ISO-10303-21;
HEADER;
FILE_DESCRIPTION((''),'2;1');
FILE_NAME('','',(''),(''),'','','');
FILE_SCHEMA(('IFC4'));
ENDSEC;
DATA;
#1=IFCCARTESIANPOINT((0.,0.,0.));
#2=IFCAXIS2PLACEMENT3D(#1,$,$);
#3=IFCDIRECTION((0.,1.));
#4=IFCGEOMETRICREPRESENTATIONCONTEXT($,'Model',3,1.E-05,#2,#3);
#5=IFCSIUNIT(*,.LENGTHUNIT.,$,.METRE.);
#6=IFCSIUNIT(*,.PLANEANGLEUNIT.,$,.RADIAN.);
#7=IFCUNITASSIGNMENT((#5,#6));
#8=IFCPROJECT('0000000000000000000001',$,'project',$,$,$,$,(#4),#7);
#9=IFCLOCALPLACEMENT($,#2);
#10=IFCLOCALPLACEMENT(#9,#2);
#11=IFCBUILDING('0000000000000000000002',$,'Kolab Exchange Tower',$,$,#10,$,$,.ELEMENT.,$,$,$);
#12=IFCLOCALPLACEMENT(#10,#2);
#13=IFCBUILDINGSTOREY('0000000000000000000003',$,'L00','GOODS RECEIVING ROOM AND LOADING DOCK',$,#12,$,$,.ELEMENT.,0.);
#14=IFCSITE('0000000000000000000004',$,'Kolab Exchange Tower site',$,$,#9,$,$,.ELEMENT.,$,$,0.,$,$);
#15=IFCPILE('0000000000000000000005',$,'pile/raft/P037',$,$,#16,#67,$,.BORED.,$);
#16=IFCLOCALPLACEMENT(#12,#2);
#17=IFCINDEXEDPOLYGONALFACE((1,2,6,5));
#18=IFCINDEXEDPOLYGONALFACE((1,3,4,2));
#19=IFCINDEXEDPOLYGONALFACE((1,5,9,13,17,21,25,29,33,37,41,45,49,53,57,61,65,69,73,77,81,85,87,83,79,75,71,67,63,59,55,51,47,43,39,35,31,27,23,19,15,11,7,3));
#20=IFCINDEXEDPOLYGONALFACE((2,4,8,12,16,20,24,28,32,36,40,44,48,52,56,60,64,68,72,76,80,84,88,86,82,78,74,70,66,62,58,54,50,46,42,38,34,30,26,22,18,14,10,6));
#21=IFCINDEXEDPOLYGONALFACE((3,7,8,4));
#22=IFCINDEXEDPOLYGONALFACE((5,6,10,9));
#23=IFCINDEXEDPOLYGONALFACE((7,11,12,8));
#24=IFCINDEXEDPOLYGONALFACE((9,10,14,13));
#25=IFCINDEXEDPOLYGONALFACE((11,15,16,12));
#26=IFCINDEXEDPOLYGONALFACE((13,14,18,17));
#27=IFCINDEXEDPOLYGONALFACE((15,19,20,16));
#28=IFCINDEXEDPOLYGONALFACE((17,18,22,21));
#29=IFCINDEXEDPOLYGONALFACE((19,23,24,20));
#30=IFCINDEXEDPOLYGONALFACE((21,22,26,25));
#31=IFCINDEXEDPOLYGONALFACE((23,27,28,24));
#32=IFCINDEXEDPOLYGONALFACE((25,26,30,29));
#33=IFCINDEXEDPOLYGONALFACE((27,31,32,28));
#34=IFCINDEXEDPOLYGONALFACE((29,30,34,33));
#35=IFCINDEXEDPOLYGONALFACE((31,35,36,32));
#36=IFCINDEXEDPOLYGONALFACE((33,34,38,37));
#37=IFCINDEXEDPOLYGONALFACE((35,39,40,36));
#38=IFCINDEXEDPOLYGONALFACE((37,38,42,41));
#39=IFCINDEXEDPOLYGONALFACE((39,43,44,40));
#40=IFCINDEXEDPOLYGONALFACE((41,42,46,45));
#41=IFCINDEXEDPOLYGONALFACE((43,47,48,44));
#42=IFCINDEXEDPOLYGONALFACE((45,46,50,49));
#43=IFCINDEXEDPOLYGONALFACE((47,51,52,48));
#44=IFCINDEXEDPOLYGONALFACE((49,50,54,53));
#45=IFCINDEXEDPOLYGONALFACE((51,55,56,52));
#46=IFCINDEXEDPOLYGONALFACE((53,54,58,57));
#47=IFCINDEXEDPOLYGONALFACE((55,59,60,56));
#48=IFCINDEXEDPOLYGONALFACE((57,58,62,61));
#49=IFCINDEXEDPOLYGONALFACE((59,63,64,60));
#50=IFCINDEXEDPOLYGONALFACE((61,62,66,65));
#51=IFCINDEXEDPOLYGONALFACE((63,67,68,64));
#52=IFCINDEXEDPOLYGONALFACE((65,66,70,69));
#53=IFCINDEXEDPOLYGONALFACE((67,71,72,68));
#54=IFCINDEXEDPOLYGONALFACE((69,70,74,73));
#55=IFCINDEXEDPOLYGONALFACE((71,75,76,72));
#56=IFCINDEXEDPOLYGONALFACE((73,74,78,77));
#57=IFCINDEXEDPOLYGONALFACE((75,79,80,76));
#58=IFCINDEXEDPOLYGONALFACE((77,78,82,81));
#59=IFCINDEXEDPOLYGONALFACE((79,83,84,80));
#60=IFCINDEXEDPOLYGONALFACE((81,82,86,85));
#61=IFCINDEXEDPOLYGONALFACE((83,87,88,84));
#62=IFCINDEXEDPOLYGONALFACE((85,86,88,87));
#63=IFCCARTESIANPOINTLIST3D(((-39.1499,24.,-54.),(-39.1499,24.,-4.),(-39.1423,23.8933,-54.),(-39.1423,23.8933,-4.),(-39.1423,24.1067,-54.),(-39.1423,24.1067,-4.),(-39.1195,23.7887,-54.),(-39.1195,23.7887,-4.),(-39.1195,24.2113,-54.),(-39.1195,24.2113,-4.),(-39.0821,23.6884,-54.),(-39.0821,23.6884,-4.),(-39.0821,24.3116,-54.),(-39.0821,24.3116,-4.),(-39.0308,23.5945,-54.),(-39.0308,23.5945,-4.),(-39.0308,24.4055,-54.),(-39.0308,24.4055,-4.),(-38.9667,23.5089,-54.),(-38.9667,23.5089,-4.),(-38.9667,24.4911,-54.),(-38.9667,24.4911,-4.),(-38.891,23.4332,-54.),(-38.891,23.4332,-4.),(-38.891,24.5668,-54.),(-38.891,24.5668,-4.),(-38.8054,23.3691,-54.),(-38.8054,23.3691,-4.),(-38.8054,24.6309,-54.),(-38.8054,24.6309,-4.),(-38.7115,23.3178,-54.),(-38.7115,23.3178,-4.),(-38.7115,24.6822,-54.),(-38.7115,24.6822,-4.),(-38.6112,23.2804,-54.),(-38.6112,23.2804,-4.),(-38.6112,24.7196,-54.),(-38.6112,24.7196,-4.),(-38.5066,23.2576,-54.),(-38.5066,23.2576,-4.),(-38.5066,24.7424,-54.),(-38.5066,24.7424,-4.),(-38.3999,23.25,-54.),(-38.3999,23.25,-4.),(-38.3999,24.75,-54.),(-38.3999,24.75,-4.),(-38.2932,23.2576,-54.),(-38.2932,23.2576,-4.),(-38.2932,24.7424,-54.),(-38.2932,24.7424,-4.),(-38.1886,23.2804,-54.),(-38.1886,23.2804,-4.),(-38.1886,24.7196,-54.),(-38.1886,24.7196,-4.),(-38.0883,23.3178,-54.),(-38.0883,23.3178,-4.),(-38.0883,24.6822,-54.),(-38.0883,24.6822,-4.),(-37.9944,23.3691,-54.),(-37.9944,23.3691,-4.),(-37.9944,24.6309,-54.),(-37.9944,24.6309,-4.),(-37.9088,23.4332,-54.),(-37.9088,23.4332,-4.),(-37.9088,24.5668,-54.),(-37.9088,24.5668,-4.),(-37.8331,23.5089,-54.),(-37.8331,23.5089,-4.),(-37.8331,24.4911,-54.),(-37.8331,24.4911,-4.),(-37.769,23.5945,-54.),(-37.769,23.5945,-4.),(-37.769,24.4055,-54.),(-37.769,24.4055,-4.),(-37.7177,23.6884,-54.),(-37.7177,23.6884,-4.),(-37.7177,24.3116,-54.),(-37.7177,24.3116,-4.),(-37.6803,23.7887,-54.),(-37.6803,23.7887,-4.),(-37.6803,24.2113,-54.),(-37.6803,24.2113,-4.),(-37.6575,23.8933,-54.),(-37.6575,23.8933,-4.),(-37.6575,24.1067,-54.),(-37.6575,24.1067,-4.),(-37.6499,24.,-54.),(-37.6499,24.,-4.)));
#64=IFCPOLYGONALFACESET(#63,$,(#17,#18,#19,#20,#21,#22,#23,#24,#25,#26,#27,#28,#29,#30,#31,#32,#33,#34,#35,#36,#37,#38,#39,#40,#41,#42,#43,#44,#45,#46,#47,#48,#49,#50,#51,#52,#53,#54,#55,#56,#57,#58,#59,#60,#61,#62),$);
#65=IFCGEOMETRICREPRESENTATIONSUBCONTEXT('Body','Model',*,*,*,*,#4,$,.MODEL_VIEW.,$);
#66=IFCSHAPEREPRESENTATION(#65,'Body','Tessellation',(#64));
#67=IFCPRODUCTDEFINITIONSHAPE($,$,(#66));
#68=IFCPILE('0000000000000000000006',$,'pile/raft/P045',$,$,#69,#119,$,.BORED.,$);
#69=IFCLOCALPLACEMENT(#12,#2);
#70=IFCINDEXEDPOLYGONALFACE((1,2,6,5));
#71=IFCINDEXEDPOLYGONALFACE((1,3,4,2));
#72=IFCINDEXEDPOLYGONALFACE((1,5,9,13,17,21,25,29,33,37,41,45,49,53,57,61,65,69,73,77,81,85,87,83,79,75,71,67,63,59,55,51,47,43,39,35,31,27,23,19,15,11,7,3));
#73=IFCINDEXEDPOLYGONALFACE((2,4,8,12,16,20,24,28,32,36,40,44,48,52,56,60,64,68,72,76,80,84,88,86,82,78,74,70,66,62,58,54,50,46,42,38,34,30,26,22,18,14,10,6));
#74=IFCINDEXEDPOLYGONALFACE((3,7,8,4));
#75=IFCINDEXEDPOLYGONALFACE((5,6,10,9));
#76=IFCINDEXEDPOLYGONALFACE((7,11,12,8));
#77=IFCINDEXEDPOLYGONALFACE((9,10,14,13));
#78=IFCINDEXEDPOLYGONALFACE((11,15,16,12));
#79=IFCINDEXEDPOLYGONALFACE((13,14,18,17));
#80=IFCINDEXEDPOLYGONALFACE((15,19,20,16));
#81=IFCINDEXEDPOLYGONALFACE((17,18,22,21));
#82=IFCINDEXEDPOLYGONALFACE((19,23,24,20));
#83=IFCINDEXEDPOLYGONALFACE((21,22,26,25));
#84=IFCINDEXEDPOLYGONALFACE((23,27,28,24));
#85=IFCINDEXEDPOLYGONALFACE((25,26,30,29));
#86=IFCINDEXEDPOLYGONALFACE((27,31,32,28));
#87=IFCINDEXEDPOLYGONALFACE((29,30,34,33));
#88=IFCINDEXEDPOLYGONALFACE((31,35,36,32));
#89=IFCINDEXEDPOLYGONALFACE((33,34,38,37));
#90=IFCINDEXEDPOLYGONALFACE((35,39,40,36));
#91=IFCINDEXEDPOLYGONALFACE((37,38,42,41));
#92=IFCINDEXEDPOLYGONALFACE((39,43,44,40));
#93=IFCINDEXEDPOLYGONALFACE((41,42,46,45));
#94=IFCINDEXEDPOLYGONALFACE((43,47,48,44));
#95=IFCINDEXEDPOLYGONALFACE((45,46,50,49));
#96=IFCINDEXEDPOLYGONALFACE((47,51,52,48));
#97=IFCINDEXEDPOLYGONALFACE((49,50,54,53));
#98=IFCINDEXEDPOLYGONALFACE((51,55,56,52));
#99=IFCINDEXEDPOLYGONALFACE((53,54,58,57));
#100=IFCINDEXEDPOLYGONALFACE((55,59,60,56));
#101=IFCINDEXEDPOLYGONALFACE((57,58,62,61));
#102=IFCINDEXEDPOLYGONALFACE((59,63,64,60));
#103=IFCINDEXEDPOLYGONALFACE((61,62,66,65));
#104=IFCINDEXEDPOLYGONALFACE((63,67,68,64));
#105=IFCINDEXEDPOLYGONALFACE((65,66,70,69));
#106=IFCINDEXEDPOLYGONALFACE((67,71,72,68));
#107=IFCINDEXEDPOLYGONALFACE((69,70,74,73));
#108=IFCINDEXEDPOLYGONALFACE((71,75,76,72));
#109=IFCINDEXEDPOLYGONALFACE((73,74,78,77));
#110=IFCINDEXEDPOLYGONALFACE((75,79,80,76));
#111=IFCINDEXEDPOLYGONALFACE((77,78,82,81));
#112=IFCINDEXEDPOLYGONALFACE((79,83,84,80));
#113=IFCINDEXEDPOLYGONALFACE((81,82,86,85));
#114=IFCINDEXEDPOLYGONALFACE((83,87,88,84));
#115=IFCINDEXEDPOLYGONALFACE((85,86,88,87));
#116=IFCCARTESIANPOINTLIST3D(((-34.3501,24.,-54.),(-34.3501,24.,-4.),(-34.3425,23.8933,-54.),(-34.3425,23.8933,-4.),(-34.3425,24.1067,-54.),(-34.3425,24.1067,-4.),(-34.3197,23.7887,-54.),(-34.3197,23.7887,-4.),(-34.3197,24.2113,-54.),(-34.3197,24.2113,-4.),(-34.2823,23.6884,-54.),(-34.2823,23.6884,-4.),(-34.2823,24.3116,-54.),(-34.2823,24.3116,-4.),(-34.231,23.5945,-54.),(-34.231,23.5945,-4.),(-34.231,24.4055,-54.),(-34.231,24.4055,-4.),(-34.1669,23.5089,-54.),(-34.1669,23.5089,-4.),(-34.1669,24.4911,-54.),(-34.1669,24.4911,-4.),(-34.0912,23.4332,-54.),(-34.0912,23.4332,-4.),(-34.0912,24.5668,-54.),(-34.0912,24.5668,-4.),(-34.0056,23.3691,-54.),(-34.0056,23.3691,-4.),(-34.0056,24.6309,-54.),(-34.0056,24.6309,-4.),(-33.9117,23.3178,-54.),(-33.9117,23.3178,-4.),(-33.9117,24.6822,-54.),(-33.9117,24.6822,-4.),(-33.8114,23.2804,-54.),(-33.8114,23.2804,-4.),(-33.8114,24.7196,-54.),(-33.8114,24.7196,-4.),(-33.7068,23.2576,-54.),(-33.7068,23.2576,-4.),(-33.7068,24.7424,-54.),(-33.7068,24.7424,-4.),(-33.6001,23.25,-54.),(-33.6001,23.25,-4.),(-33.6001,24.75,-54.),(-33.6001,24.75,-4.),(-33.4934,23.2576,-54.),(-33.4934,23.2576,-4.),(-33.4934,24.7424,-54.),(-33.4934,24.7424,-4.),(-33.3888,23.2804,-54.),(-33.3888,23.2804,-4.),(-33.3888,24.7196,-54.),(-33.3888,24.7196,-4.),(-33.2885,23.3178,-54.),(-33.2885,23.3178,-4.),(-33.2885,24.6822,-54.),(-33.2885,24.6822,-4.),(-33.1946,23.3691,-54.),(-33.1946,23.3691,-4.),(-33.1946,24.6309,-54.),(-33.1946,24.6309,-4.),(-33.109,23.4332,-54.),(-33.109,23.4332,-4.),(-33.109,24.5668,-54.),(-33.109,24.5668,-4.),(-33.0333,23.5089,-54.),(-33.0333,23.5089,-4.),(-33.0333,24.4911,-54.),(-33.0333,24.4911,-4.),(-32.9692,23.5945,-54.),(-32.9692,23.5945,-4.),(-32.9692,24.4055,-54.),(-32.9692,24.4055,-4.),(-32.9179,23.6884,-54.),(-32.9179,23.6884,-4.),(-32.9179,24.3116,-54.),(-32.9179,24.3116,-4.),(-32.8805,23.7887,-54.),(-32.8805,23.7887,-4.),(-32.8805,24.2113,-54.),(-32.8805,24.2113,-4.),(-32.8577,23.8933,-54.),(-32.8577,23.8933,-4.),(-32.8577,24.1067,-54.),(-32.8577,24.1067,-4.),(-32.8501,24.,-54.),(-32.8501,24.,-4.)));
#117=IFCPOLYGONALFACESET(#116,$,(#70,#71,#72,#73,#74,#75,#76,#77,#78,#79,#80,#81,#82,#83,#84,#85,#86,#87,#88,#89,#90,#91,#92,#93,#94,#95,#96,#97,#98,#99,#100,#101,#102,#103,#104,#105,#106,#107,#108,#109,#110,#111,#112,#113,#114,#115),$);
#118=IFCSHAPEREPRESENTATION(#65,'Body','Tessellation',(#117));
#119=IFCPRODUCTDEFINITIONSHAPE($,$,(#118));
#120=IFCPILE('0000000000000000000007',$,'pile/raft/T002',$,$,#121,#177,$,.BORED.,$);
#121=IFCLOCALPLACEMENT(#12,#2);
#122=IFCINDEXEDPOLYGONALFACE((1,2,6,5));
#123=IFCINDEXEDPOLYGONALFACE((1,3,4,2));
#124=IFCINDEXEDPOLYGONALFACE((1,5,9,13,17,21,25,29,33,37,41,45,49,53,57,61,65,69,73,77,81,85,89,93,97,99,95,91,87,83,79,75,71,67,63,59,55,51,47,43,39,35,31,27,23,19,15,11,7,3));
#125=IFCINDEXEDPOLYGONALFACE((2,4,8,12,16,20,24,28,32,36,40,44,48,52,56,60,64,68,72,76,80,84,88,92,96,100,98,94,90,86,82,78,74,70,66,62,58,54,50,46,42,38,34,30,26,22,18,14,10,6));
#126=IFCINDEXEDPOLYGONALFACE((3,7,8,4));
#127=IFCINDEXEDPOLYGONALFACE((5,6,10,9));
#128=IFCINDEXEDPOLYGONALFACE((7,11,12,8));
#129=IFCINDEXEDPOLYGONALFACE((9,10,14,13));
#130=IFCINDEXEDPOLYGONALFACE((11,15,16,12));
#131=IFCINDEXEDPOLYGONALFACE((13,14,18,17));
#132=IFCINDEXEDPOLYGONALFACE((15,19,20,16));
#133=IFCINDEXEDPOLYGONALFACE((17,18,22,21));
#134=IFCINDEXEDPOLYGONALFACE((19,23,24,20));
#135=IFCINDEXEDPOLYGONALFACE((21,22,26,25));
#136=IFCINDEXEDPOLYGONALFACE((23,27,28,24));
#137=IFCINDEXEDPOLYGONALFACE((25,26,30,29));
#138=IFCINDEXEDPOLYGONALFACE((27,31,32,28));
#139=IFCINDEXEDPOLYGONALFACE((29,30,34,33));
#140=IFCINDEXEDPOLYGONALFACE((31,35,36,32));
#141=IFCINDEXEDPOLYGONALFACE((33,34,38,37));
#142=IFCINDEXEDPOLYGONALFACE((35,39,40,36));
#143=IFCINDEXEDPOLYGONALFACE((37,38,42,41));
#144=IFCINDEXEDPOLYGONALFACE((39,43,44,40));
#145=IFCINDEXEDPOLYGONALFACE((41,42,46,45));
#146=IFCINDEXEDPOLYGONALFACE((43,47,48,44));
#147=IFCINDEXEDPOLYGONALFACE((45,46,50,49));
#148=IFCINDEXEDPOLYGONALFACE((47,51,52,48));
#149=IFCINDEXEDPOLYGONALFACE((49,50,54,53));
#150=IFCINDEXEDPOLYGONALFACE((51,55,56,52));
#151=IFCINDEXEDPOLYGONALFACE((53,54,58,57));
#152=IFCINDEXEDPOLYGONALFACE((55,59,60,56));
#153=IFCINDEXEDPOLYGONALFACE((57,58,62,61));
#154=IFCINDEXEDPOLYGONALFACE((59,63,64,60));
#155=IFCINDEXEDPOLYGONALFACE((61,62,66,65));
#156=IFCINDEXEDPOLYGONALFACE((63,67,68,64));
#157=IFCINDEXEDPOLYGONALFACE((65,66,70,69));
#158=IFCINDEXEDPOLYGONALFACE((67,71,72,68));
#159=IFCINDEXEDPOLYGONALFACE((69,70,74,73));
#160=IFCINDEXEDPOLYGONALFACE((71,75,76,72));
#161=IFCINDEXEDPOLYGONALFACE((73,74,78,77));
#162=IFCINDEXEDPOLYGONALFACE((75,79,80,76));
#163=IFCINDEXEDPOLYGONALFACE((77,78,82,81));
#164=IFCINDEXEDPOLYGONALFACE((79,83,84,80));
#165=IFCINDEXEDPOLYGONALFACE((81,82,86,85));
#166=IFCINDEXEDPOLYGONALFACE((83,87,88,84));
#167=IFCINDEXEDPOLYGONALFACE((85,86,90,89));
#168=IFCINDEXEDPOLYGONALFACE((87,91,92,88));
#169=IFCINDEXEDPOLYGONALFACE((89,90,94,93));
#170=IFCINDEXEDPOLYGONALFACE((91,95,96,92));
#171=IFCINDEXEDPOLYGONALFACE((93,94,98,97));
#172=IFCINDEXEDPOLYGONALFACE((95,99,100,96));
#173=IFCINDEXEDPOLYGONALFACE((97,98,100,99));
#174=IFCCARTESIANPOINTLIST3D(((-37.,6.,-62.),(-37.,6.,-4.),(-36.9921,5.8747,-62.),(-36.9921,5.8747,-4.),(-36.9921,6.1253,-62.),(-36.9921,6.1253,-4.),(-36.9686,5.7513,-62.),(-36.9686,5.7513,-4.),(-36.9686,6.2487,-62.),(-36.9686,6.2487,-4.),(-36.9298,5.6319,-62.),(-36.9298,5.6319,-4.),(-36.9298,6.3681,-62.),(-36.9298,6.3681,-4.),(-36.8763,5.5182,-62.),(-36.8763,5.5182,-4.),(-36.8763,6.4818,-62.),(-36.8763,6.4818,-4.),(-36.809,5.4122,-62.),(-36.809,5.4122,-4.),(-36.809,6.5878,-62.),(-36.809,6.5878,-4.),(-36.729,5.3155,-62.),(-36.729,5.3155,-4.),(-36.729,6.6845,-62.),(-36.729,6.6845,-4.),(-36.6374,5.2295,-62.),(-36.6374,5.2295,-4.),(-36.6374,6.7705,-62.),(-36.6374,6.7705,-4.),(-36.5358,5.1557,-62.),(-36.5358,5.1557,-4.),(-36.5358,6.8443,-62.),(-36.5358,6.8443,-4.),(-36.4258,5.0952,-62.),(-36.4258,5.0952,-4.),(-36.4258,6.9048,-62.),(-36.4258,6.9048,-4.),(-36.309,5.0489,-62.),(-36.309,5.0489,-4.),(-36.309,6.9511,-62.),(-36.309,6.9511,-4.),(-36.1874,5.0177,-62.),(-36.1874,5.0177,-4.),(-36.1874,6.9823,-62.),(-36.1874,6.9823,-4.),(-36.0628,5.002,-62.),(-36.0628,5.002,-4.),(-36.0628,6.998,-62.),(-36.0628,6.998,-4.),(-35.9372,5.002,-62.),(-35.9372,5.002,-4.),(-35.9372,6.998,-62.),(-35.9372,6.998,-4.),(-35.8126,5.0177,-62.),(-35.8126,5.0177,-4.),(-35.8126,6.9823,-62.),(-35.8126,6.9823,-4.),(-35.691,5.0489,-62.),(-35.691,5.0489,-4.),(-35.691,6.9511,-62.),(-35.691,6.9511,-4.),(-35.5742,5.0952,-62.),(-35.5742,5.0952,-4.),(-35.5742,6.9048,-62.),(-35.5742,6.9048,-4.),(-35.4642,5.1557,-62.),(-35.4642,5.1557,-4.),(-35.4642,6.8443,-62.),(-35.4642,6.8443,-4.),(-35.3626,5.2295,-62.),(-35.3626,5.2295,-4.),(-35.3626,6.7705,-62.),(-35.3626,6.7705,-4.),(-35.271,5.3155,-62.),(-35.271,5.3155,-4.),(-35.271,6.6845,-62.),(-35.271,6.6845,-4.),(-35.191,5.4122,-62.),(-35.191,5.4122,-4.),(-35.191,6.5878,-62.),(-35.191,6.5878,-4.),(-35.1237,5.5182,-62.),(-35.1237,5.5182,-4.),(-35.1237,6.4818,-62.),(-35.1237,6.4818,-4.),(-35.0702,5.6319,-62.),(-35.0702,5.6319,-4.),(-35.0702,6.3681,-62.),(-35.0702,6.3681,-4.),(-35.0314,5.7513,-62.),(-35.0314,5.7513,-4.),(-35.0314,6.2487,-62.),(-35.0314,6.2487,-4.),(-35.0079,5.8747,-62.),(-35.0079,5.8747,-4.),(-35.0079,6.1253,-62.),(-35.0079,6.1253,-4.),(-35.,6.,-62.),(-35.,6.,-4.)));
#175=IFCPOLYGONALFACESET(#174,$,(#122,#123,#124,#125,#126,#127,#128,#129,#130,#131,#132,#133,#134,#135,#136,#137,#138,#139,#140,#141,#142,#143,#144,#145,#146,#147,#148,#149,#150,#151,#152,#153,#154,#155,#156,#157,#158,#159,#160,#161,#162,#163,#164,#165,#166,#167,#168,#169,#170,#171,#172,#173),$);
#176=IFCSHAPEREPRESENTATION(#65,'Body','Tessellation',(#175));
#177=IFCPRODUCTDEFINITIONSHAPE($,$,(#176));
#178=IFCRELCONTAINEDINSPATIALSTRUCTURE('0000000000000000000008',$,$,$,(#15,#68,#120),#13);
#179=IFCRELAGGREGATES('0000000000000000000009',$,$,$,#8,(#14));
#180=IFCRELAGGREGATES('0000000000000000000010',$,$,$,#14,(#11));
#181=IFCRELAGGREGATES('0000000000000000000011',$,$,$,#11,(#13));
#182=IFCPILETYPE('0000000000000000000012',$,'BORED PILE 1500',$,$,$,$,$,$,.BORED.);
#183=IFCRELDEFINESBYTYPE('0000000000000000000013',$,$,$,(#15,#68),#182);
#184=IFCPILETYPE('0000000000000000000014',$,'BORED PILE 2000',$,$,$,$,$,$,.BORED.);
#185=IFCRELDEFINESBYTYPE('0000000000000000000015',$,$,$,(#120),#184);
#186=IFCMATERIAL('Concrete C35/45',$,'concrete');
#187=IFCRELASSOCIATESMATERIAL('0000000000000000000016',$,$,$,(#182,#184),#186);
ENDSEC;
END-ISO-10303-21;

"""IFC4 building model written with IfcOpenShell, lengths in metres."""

from ifc_helpers import new_model, si_unit, direction, frame, origin, origin_2d, place, context, subcontext, project, spatial, circle, extrude, material, material_profile, profile_set, type_object, element, save


model = new_model("IFC4")

# Units and contexts
model_context = context("Model", 3, precision=1e-05, world=origin(), true_north=direction((0.0, 1.0)))
body_context = subcontext(model_context, "Body", "Model", "MODEL_VIEW")
ifc_project = project(units=[si_unit("LENGTHUNIT", "METRE"), si_unit("PLANEANGLEUNIT", "RADIAN")], contexts=[model_context])

# Site, building, storey
site_placement = place(None, origin())
site = spatial("IfcSite", under=ifc_project, at=site_placement, Name="Kolab Exchange Tower site", CompositionType="ELEMENT", RefElevation=0.0)
building_placement = place(site_placement, origin())
building = spatial("IfcBuilding", under=site, at=building_placement, Name="Kolab Exchange Tower", CompositionType="ELEMENT")
storey_placement = place(building_placement, origin())
storey = spatial("IfcBuildingStorey", under=building, at=storey_placement, Name="L00", Description="GOODS RECEIVING ROOM AND LOADING DOCK", CompositionType="ELEMENT", Elevation=0.0)

# Piles
ifc_material_1 = material(Name="Concrete C35/45", Category="concrete")
ifc_material_profile_1 = material_profile(ifc_material_1, circle(Radius=0.75, at=origin_2d()), Name="BP1500")
ifc_profile_set_1 = profile_set([ifc_material_profile_1], Name="Concrete C35/45")
pile_type_1 = type_object("IfcPileType", Name="BORED PILE 1500", PredefinedType="BORED", material=ifc_profile_set_1)
for number, where, z_axis, x_axis, name in (
    (1, (-38.3999, 24.0, -4.0), (0.0, 0.0, -1.0), (1.0, 0.0, 0.0), "pile/raft/P037"),
    (2, (-33.6001, 24.0, -4.0), (0.0, 0.0, -1.0), (1.0, 0.0, 0.0), "pile/raft/P045"),
):
    element("IfcPile", number, at=place(storey_placement, frame(where, z_axis=z_axis, x_axis=x_axis)), inside=storey, type_object=pile_type_1, Name=name, PredefinedType="BORED", context=body_context, shape_type="SweptSolid", body=[
        extrude(circle(Radius=0.75, at=origin_2d()), origin(), (0.0, 0.0, 1.0), 50.0),
    ])
ifc_material_profile_2 = material_profile(ifc_material_1, circle(Radius=1.0, at=origin_2d()), Name="BP2000")
ifc_profile_set_2 = profile_set([ifc_material_profile_2], Name="Concrete C35/45")
pile_type_2 = type_object("IfcPileType", Name="BORED PILE 2000", PredefinedType="BORED", material=ifc_profile_set_2)
for number, where, z_axis, x_axis, name in (
    (3, (-36.0, 6.0, -4.0), (0.0, 0.0, -1.0), (1.0, 0.0, 0.0), "pile/raft/T002"),
):
    element("IfcPile", number, at=place(storey_placement, frame(where, z_axis=z_axis, x_axis=x_axis)), inside=storey, type_object=pile_type_2, Name=name, PredefinedType="BORED", context=body_context, shape_type="SweptSolid", body=[
        extrude(circle(Radius=1.0, at=origin_2d()), origin(), (0.0, 0.0, 1.0), 58.0),
    ])

save(model, "model.ifc")
